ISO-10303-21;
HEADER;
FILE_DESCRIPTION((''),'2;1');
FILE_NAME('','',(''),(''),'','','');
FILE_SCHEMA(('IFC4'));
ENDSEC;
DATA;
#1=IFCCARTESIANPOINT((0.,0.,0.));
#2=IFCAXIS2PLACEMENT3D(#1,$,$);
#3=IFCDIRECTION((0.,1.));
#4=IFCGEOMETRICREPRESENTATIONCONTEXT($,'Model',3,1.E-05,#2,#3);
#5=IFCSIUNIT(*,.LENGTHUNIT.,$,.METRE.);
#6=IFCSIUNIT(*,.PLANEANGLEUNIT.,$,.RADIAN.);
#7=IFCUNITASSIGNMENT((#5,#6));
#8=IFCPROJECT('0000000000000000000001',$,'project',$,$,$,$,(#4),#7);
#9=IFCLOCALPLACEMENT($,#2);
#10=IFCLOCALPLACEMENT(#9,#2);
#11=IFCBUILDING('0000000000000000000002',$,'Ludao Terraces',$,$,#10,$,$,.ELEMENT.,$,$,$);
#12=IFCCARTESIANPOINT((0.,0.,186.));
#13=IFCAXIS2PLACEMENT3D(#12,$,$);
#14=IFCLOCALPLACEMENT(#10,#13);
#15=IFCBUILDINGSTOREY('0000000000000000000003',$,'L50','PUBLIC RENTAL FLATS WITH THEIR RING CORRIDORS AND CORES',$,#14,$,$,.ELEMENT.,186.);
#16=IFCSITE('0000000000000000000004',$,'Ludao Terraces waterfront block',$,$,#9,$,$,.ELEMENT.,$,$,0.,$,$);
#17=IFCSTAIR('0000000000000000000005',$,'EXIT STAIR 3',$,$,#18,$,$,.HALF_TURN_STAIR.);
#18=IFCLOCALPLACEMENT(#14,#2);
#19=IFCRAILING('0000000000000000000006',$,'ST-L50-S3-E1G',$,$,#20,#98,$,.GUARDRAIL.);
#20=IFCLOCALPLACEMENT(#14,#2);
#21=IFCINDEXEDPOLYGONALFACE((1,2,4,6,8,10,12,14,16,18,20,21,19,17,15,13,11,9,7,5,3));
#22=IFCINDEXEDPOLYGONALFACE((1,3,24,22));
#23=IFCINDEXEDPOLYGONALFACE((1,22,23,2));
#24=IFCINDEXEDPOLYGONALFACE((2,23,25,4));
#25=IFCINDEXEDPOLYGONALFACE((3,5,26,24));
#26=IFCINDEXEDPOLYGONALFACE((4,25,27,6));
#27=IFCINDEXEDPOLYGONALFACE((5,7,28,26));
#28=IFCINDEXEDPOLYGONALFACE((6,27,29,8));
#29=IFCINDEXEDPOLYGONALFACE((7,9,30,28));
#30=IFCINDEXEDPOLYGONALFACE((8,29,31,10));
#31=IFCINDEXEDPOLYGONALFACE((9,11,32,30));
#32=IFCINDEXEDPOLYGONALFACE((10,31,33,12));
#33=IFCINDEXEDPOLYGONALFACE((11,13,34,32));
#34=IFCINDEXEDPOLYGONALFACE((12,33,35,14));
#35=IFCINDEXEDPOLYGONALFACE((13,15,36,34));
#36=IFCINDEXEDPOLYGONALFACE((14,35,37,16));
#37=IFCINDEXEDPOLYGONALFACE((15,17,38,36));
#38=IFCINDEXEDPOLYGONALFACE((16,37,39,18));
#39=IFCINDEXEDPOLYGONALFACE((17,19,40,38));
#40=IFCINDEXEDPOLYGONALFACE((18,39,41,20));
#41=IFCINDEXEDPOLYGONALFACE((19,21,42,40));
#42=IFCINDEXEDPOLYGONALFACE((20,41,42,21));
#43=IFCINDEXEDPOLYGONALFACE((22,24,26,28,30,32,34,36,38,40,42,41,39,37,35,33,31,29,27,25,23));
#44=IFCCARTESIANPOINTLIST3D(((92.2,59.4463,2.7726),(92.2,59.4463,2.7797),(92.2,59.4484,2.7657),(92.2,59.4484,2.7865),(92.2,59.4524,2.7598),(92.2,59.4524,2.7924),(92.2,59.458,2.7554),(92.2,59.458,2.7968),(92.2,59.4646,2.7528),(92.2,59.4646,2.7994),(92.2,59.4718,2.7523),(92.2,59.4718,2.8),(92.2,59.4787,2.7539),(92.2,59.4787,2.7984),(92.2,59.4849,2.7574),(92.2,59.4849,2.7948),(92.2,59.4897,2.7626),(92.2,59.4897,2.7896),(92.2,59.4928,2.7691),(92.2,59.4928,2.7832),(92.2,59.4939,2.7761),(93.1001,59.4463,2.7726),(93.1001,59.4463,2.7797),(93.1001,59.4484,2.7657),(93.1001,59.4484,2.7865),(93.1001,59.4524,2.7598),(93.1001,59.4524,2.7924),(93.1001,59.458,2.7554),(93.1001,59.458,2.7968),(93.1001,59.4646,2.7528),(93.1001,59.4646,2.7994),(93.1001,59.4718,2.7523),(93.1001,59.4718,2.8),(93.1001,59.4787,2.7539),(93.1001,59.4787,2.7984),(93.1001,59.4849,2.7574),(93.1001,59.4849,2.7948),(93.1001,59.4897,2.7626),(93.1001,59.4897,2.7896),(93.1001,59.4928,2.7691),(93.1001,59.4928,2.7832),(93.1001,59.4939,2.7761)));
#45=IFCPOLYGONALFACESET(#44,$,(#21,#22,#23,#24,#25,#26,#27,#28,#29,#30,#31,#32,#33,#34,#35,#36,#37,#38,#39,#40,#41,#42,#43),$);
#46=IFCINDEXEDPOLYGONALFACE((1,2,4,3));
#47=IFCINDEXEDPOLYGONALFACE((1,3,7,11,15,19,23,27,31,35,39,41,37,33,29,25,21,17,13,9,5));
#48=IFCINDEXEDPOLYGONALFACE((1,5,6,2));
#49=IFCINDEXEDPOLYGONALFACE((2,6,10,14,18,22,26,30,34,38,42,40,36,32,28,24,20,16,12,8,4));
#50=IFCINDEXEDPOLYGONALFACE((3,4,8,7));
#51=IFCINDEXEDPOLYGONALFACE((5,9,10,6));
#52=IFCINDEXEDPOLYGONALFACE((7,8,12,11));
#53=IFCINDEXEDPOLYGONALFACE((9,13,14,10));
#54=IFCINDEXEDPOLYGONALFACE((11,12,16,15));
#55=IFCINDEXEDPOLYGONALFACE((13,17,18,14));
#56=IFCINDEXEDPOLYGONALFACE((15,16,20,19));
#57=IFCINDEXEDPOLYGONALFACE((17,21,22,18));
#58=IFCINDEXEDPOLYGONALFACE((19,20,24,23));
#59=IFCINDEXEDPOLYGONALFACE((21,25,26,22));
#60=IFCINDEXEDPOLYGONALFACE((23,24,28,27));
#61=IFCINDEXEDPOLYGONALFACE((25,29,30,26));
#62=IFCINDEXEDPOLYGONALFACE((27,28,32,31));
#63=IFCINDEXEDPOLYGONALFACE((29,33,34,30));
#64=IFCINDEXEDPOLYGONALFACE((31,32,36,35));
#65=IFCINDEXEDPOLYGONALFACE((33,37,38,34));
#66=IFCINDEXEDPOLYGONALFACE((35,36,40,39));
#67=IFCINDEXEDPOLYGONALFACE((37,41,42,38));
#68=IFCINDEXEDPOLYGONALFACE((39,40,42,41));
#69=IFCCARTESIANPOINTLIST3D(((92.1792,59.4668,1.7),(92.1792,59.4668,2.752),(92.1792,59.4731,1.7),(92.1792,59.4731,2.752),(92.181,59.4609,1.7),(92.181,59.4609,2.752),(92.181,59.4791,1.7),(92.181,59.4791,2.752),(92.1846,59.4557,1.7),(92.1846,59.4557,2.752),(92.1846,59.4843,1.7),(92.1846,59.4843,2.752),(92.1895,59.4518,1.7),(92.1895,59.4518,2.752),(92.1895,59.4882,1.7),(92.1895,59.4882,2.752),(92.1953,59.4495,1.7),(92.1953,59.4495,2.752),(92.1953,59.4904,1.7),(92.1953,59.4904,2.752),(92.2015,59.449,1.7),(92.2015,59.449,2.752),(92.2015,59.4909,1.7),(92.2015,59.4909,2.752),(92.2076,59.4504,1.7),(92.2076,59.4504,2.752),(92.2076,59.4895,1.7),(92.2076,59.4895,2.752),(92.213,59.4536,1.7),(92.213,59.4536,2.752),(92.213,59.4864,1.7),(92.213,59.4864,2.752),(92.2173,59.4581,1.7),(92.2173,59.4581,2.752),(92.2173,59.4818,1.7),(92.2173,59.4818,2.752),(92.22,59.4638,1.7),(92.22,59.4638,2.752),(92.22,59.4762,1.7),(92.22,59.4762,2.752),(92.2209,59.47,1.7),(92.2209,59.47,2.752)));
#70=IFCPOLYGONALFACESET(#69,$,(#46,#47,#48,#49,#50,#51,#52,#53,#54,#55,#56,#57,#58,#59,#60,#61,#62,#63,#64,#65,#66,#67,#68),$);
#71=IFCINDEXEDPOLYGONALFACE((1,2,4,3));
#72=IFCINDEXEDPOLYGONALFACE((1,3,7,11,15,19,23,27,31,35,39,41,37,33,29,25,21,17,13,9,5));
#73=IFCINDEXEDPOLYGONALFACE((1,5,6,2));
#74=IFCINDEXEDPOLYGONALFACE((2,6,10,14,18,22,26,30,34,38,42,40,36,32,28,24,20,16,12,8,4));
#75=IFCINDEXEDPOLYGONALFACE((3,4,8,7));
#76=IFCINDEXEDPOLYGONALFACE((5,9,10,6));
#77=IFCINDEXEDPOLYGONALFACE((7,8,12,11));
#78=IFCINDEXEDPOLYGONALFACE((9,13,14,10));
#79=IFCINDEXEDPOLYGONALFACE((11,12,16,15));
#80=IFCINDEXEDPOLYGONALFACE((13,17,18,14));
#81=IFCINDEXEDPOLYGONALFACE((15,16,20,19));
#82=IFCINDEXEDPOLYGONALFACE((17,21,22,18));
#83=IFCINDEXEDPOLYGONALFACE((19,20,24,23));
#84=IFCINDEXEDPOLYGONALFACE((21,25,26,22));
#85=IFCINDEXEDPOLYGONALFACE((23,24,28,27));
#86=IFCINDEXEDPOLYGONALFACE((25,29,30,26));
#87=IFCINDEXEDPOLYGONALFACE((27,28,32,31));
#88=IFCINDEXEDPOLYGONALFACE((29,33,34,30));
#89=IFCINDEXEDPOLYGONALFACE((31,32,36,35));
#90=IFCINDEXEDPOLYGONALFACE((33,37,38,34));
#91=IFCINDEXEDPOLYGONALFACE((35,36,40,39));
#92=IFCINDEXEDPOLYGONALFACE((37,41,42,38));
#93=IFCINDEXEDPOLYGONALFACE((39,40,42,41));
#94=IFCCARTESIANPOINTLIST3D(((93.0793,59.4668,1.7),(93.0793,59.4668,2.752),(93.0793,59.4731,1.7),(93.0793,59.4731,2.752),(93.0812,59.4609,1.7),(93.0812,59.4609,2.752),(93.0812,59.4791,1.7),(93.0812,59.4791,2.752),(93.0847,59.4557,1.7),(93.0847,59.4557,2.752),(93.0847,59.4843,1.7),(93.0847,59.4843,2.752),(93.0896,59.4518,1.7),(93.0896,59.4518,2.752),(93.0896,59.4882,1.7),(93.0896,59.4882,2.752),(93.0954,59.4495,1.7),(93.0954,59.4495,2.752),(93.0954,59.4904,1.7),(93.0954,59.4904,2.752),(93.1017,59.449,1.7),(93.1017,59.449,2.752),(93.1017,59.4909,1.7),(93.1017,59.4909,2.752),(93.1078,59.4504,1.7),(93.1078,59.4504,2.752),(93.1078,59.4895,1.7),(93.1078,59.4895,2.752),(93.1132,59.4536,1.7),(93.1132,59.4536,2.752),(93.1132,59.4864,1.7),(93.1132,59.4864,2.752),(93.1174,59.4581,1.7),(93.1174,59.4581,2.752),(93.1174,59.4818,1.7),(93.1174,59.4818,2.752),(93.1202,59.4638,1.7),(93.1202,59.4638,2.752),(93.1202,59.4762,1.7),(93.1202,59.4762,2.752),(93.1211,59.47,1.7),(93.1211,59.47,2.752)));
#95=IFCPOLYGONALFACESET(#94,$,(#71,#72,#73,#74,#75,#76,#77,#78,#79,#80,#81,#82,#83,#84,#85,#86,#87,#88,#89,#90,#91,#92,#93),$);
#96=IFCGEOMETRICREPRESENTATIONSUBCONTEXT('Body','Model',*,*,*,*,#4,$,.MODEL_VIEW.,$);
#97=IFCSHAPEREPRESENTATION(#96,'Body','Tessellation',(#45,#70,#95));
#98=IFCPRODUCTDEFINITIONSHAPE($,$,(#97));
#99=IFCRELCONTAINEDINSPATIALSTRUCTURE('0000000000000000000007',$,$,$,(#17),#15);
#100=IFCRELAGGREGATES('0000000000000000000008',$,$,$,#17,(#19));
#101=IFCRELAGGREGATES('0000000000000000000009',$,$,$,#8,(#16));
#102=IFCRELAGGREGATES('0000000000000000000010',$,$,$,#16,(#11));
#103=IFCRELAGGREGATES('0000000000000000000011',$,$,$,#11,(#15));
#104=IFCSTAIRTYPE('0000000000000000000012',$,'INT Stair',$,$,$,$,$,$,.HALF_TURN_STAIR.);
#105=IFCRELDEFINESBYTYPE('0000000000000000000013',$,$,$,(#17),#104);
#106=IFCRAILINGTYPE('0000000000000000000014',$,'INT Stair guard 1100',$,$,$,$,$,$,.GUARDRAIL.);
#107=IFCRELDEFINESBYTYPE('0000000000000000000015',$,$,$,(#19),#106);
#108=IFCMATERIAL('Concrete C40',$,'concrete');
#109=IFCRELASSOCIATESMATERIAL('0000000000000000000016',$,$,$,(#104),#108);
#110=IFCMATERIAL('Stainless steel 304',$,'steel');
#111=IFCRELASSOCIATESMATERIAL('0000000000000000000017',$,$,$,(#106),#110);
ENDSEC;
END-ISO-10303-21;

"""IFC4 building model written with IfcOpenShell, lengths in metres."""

from ifc_helpers import new_model, si_unit, direction, frame, origin, origin_2d, place, context, subcontext, project, spatial, circle, extrude, material, type_object, element, aggregate, save


model = new_model("IFC4")

# Units and contexts
model_context = context("Model", 3, precision=1e-05, world=origin(), true_north=direction((0.0, 1.0)))
body_context = subcontext(model_context, "Body", "Model", "MODEL_VIEW")
ifc_project = project(units=[si_unit("LENGTHUNIT", "METRE"), si_unit("PLANEANGLEUNIT", "RADIAN")], contexts=[model_context])

# Site, building, storey
site_placement = place(None, origin())
site = spatial("IfcSite", under=ifc_project, at=site_placement, Name="Ludao Terraces waterfront block", CompositionType="ELEMENT", RefElevation=0.0)
building_placement = place(site_placement, origin())
building = spatial("IfcBuilding", under=site, at=building_placement, Name="Ludao Terraces", CompositionType="ELEMENT")
storey_placement = place(building_placement, frame((0.0, 0.0, 186.0)))
storey = spatial("IfcBuildingStorey", under=building, at=storey_placement, Name="L50", Description="PUBLIC RENTAL FLATS WITH THEIR RING CORRIDORS AND CORES", CompositionType="ELEMENT", Elevation=186.0)

# Shared definitions
ifc_material_1 = material(Name="Concrete C40", Category="concrete")

# Stair, railing
stair_type = type_object("IfcStairType", Name="INT Stair", PredefinedType="HALF_TURN_STAIR", material=ifc_material_1)
stair_placement = place(storey_placement, origin())
stair = element("IfcStair", 1, at=stair_placement, inside=storey, type_object=stair_type, Name="EXIT STAIR 3", PredefinedType="HALF_TURN_STAIR")
ifc_material_2 = material(Name="Stainless steel 304", Category="steel")
railing_type_1 = type_object("IfcRailingType", Name="INT Stair guard 1100", PredefinedType="GUARDRAIL", material=ifc_material_2)
railing_1_placement = place(storey_placement, frame((92.2, 59.47, 1.7)))
railing_1 = element("IfcRailing", 2, at=railing_1_placement, type_object=railing_type_1, Name="ST-L50-S3-E1G", PredefinedType="GUARDRAIL", context=body_context, shape_type="SweptSolid", body=[
    extrude(circle(Radius=0.0239, at=origin_2d()), frame((0.0, 0.0, 1.0762), z_axis=(1.0, 0.0, 0.0), x_axis=(0.0, 1.0, 0.0)), (0.0, 0.0, 1.0), 0.9001),
    extrude(circle(Radius=0.021, at=origin_2d()), origin(), (0.0, 0.0, 1.0), 1.052),
    extrude(circle(Radius=0.021, at=origin_2d()), frame((0.9001, 0.0, 0.0)), (0.0, 0.0, 1.0), 1.052),
])
aggregate(stair, [railing_1])

save(model, "model.ifc")
